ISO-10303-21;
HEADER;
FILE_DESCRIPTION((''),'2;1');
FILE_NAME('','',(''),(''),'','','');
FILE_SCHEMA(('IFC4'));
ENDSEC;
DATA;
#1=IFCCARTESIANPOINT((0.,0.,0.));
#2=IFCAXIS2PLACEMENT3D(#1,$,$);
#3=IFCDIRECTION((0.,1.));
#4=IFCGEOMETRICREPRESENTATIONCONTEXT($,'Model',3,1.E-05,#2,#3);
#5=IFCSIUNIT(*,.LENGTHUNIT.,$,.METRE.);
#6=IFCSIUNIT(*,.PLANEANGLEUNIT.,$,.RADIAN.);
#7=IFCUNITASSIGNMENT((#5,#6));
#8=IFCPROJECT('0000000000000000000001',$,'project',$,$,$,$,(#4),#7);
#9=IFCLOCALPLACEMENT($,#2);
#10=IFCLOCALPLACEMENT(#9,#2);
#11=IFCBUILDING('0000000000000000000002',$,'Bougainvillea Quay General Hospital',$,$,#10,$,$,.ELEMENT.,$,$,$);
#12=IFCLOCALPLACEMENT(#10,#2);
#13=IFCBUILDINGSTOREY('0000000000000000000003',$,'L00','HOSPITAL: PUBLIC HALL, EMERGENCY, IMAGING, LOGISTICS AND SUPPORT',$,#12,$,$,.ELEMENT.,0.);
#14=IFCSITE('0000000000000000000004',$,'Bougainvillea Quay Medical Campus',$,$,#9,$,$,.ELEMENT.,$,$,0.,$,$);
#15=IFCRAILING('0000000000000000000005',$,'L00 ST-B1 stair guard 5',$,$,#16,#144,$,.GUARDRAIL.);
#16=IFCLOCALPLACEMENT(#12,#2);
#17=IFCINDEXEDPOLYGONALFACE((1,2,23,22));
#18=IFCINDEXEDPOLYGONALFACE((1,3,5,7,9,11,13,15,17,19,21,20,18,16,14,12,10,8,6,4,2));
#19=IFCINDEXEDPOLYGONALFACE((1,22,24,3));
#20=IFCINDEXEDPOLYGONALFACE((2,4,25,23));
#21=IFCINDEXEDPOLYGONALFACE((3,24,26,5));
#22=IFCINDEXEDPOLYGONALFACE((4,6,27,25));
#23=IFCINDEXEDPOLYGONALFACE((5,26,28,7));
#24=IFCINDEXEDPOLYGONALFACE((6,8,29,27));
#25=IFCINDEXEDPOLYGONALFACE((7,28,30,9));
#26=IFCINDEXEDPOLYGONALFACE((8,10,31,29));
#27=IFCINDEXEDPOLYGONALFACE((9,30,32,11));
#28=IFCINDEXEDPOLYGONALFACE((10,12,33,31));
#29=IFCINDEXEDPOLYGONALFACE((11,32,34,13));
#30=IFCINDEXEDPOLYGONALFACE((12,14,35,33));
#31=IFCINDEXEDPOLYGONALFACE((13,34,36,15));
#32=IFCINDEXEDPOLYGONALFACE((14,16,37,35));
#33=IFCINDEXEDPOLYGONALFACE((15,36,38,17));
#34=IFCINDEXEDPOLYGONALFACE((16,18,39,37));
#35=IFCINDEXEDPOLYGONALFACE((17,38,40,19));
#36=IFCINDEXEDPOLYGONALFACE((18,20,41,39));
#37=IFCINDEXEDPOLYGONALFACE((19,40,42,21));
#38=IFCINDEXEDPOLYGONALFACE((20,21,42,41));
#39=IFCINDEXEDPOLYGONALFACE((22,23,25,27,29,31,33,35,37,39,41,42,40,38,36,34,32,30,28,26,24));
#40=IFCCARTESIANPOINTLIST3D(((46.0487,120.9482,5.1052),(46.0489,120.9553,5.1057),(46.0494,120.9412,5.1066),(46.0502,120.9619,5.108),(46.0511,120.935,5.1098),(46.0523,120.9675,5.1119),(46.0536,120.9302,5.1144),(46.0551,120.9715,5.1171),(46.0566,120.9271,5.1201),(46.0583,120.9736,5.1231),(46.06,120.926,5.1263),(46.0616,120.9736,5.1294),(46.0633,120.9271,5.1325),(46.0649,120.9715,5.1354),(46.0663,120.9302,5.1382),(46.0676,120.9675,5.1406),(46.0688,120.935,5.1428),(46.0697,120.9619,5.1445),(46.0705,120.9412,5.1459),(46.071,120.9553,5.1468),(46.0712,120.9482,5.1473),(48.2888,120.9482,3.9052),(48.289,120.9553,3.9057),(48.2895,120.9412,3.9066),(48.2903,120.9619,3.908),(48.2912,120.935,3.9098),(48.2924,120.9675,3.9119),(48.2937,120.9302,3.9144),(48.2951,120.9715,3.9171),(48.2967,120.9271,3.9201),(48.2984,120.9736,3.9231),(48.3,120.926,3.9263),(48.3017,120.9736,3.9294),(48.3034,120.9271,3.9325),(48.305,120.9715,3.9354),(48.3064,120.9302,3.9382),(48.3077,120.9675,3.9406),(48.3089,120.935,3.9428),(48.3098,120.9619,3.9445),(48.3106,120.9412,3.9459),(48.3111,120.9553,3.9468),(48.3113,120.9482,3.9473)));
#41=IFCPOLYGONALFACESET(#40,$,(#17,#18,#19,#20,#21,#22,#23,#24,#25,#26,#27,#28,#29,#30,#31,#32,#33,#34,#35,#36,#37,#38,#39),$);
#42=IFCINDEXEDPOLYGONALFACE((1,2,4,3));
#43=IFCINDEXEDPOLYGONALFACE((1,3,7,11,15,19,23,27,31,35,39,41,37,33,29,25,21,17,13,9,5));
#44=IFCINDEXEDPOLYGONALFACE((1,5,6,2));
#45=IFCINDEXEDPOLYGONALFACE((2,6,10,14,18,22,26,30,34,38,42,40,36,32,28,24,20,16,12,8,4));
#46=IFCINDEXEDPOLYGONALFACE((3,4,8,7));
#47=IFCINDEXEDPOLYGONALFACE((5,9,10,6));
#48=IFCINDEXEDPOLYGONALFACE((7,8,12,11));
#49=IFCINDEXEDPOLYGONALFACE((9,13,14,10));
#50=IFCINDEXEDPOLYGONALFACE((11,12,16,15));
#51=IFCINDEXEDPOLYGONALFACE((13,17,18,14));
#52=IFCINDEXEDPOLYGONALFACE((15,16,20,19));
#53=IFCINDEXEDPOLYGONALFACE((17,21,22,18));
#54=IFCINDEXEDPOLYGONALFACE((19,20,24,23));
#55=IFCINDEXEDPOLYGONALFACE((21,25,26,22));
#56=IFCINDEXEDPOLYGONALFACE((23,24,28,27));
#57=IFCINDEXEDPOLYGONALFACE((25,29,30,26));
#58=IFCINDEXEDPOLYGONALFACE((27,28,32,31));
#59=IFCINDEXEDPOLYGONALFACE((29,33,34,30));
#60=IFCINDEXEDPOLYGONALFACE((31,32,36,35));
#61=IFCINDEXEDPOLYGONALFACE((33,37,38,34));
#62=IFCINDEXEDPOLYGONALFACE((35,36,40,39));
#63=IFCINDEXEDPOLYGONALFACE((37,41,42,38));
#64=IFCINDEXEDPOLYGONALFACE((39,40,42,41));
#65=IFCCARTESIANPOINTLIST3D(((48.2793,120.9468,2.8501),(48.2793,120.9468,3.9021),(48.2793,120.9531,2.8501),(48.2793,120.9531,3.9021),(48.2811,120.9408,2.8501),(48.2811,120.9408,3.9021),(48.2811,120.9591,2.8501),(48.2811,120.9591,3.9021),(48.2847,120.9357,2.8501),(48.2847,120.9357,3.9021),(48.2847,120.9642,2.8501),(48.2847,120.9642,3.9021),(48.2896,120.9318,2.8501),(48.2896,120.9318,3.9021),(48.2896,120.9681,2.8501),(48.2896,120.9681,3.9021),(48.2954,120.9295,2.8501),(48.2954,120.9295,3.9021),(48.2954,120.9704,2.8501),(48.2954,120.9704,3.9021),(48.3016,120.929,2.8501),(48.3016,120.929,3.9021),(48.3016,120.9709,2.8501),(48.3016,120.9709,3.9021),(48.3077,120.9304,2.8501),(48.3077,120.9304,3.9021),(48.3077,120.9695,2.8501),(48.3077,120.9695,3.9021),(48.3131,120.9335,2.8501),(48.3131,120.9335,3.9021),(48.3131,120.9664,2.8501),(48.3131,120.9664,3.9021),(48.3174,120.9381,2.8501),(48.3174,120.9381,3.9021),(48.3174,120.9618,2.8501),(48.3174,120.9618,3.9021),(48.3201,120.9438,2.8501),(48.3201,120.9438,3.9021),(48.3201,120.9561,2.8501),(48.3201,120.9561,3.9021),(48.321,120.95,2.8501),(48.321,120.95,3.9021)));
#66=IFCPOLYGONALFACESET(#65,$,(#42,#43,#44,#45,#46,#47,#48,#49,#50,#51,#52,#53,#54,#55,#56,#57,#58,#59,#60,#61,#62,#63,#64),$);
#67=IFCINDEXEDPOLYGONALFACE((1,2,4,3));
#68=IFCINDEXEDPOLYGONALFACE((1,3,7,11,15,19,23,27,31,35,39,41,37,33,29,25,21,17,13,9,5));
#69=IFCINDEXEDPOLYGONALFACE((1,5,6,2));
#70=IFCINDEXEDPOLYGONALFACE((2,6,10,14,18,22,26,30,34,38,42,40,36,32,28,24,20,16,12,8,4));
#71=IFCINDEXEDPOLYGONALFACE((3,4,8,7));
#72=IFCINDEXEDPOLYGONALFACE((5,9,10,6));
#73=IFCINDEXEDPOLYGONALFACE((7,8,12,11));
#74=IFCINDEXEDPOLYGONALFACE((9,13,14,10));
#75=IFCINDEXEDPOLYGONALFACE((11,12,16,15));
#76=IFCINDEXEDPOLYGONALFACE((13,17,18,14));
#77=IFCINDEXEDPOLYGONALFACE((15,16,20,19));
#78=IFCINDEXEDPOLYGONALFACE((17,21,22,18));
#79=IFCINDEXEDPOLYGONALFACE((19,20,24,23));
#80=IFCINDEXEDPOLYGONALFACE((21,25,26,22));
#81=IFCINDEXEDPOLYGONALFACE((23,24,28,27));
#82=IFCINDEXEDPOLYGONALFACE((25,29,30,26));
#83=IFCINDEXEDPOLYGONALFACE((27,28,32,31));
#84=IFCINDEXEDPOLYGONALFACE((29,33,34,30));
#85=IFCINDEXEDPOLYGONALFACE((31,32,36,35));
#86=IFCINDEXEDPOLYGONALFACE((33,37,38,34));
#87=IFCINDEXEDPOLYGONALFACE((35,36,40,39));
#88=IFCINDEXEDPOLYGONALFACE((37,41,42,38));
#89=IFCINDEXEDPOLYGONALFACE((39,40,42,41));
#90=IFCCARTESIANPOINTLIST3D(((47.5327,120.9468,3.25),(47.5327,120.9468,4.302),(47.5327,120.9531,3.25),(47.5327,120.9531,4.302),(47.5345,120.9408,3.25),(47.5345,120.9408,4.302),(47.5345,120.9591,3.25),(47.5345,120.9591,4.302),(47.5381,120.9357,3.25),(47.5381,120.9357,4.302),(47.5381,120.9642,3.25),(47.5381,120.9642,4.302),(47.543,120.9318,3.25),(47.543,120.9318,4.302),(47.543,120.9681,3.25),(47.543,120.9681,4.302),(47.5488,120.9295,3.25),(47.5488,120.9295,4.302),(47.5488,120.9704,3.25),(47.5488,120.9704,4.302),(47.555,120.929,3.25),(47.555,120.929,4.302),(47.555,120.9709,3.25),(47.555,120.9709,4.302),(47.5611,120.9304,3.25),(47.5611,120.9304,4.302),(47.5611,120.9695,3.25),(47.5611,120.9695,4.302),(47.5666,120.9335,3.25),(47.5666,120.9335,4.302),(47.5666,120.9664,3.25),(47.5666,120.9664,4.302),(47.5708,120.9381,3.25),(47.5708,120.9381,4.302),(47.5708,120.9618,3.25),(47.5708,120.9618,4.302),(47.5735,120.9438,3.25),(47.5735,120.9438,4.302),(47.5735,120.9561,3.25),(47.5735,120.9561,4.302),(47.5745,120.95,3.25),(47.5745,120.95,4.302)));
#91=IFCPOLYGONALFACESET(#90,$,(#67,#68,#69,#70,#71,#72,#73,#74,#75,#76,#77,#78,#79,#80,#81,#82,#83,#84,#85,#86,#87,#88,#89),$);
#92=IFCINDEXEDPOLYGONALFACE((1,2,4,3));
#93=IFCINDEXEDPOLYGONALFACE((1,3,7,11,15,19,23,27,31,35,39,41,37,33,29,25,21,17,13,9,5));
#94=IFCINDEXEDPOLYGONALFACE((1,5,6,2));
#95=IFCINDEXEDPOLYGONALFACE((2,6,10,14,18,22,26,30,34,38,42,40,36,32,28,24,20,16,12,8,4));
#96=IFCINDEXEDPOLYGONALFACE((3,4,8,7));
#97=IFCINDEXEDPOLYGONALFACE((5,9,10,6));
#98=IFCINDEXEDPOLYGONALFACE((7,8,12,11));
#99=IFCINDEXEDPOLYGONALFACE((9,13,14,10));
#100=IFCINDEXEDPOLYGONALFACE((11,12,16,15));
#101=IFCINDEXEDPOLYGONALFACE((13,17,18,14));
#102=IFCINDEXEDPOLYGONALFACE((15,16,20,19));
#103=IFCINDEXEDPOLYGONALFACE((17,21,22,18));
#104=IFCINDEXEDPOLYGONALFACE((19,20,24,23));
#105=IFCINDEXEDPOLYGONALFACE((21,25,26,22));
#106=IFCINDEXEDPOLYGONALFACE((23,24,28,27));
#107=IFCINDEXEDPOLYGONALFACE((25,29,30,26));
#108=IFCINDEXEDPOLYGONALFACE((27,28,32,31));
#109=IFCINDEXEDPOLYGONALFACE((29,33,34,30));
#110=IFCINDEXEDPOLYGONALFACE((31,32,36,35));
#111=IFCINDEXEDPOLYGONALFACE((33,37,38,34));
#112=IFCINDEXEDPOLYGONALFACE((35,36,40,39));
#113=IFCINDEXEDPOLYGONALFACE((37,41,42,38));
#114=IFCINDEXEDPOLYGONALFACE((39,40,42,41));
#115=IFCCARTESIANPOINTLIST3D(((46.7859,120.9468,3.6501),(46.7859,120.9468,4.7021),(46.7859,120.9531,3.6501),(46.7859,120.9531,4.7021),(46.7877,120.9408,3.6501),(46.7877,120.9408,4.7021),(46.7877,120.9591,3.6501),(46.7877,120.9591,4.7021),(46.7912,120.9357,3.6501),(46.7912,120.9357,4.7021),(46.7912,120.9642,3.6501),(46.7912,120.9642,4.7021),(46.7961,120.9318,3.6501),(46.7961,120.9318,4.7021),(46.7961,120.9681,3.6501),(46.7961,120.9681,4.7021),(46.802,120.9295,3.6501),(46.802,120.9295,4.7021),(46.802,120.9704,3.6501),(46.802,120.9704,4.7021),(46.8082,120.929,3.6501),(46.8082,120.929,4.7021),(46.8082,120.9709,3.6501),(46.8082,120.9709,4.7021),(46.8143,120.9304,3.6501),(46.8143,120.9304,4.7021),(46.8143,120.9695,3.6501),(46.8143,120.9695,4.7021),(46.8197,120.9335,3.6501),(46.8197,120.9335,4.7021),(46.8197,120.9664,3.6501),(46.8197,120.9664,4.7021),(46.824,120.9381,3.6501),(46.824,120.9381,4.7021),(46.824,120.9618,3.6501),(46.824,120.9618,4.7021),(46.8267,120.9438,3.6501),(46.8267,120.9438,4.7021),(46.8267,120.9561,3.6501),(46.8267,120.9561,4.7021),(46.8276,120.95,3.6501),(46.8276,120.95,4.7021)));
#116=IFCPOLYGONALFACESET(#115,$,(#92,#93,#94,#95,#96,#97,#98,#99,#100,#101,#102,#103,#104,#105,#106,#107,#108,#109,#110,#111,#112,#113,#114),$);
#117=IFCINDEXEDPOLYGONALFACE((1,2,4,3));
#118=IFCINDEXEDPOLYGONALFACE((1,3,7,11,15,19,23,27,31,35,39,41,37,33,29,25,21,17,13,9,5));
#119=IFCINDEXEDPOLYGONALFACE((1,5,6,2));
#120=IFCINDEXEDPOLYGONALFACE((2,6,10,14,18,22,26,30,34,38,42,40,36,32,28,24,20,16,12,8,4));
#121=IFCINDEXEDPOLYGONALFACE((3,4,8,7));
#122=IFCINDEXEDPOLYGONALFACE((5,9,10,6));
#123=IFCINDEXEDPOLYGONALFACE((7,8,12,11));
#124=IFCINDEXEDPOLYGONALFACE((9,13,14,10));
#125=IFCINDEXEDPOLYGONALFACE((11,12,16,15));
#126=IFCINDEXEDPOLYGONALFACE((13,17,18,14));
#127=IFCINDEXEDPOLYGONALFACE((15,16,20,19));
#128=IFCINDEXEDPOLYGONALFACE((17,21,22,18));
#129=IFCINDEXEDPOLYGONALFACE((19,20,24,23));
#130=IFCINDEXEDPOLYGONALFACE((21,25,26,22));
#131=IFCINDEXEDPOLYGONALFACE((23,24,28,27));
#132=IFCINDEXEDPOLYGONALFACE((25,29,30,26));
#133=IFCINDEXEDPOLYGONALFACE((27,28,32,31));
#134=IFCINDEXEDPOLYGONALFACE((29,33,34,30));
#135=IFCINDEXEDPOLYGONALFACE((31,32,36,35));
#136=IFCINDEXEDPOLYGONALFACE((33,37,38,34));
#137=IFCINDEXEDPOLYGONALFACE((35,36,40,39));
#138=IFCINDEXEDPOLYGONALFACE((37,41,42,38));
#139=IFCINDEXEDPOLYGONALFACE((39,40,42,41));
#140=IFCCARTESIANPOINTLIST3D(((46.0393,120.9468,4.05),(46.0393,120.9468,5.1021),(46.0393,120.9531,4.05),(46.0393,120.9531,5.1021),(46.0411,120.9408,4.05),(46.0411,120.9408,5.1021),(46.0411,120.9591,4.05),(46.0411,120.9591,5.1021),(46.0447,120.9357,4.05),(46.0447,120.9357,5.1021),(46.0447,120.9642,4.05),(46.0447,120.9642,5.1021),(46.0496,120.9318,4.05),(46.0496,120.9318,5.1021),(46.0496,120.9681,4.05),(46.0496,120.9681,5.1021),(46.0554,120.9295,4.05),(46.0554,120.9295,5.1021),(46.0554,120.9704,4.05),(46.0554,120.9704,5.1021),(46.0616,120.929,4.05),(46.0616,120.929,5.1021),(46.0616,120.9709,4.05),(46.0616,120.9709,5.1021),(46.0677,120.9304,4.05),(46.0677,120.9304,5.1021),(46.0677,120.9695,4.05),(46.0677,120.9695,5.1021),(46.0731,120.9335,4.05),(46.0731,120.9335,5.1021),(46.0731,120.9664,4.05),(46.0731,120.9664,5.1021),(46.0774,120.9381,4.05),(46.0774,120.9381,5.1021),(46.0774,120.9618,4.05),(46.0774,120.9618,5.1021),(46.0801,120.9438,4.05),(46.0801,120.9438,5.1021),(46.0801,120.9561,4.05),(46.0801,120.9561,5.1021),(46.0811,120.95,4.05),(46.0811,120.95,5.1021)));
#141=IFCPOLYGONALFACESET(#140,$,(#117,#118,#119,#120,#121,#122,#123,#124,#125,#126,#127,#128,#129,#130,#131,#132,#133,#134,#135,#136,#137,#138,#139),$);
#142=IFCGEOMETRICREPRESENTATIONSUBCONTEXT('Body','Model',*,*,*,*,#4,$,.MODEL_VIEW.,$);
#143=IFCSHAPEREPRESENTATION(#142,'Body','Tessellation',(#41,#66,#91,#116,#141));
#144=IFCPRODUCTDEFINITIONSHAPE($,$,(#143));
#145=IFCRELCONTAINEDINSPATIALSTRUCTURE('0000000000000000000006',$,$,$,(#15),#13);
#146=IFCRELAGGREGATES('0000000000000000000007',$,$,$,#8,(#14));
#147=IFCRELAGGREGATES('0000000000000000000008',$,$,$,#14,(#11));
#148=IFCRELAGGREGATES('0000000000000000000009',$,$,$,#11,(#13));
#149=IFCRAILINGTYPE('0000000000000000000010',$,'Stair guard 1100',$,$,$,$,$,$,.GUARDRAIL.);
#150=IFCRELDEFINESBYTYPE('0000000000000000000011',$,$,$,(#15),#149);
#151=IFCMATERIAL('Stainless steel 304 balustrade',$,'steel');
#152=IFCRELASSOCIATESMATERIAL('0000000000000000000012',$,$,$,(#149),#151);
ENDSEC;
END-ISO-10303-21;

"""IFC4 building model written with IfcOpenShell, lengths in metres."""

from ifc_helpers import new_model, si_unit, direction, frame, origin, origin_2d, place, context, subcontext, project, spatial, circle, extrude, material, type_object, element, save


model = new_model("IFC4")

# Units and contexts
model_context = context("Model", 3, precision=1e-05, world=origin(), true_north=direction((0.0, 1.0)))
body_context = subcontext(model_context, "Body", "Model", "MODEL_VIEW")
ifc_project = project(units=[si_unit("LENGTHUNIT", "METRE"), si_unit("PLANEANGLEUNIT", "RADIAN")], contexts=[model_context])

# Site, building, storey
site_placement = place(None, origin())
site = spatial("IfcSite", under=ifc_project, at=site_placement, Name="Bougainvillea Quay Medical Campus", CompositionType="ELEMENT", RefElevation=0.0)
building_placement = place(site_placement, origin())
building = spatial("IfcBuilding", under=site, at=building_placement, Name="Bougainvillea Quay General Hospital", CompositionType="ELEMENT")
storey_placement = place(building_placement, origin())
storey = spatial("IfcBuildingStorey", under=building, at=storey_placement, Name="L00", Description="HOSPITAL: PUBLIC HALL, EMERGENCY, IMAGING, LOGISTICS AND SUPPORT", CompositionType="ELEMENT", Elevation=0.0)

# Railing
ifc_material_1 = material(Name="Stainless steel 304 balustrade", Category="steel")
railing_type_1 = type_object("IfcRailingType", Name="Stair guard 1100", PredefinedType="GUARDRAIL", material=ifc_material_1)
railing_1_placement = place(storey_placement, frame((48.3, 120.95, 2.8501)))
element("IfcRailing", 1, at=railing_1_placement, inside=storey, type_object=railing_type_1, Name="L00 ST-B1 stair guard 5", PredefinedType="GUARDRAIL", context=body_context, shape_type="SweptSolid", body=[
    extrude(circle(Radius=0.0239, at=origin_2d()), frame((0.0, 0.0, 1.0762), z_axis=(-0.881487, 0.0, 0.472208), x_axis=(0.0, -1.0, 0.0)), (0.0, 0.0, 1.0), 2.5413),
    extrude(circle(Radius=0.021, at=origin_2d()), origin(), (0.0, 0.0, 1.0), 1.052),
    extrude(circle(Radius=0.021, at=origin_2d()), frame((-0.7466, 0.0, 0.3999)), (0.0, 0.0, 1.0), 1.052),
    extrude(circle(Radius=0.021, at=origin_2d()), frame((-1.4934, 0.0, 0.8)), (0.0, 0.0, 1.0), 1.052),
    extrude(circle(Radius=0.021, at=origin_2d()), frame((-2.24, 0.0, 1.2)), (0.0, 0.0, 1.0), 1.052),
])

save(model, "model.ifc")
